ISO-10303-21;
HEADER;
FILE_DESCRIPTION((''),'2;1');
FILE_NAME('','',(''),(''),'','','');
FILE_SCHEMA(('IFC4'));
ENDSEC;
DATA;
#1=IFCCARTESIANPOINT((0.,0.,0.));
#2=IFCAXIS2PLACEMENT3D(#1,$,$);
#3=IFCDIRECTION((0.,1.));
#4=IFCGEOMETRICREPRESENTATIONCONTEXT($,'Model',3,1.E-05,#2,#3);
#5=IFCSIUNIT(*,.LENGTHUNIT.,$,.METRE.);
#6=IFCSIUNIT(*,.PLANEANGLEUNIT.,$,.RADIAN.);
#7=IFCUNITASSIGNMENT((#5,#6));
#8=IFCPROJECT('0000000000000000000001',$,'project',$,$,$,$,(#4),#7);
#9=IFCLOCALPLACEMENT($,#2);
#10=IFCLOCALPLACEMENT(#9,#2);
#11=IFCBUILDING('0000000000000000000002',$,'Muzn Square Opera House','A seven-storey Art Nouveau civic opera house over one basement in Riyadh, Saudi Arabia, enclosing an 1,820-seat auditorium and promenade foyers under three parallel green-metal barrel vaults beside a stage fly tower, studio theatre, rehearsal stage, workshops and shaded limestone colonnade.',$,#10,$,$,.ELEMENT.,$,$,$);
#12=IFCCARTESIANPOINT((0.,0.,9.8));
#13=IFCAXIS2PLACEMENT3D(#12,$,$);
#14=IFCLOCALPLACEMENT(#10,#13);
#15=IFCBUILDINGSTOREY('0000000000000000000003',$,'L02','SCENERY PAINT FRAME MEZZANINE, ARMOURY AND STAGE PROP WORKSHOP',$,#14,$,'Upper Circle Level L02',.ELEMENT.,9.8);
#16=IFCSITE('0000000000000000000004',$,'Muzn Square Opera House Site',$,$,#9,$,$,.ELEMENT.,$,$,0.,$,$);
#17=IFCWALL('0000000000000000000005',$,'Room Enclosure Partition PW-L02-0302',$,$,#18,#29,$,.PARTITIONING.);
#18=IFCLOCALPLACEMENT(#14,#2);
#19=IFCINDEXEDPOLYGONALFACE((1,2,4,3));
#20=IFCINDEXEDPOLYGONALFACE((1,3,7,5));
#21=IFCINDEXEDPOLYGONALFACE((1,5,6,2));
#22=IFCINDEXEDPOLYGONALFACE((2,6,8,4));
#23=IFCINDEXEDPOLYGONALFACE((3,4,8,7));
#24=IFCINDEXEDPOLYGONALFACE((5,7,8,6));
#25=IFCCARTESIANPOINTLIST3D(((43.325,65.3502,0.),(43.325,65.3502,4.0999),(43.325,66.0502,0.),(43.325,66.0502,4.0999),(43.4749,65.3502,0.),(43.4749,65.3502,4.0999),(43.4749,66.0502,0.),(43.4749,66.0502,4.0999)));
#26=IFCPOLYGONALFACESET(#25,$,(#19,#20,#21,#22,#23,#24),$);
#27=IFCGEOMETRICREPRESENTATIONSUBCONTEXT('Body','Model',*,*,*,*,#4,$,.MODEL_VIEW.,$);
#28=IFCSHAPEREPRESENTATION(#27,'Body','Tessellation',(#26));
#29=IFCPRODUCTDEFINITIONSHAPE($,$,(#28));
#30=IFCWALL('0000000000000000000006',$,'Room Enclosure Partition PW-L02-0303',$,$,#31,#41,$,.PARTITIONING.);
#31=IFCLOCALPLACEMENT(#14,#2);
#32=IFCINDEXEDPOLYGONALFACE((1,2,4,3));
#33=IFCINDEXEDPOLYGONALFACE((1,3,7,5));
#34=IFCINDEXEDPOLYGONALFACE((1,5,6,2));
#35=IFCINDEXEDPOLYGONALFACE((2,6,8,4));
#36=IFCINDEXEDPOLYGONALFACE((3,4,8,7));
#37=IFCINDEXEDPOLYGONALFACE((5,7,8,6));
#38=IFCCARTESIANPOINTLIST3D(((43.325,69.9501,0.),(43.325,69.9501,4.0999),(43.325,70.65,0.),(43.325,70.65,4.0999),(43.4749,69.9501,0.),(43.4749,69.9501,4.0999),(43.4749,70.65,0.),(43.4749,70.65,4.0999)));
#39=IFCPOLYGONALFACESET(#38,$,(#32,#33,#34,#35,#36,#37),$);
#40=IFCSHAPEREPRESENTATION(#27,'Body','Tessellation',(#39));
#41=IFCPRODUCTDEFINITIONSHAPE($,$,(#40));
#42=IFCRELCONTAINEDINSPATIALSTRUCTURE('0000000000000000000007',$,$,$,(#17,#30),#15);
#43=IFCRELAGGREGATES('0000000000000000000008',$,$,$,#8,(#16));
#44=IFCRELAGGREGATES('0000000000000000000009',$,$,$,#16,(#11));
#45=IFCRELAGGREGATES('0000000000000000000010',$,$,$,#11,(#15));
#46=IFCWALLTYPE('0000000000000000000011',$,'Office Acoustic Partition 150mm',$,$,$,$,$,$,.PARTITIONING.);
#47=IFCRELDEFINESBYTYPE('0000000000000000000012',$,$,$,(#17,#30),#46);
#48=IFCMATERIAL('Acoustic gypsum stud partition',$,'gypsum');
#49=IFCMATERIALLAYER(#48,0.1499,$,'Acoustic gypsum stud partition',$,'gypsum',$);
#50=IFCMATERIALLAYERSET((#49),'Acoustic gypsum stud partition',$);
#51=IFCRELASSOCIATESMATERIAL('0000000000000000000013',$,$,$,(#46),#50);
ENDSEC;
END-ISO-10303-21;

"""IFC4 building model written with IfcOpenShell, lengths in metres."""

from ifc_helpers import new_model, si_unit, direction, frame, frame_2d, origin, place, context, subcontext, project, spatial, rectangle, extrude, material, layer, layer_set, type_object, element, save


model = new_model("IFC4")

# Units and contexts
model_context = context("Model", 3, precision=1e-05, world=origin(), true_north=direction((0.0, 1.0)))
body_context = subcontext(model_context, "Body", "Model", "MODEL_VIEW")
ifc_project = project(units=[si_unit("LENGTHUNIT", "METRE"), si_unit("PLANEANGLEUNIT", "RADIAN")], contexts=[model_context])

# Site, building, storey
site_placement = place(None, origin())
site = spatial("IfcSite", under=ifc_project, at=site_placement, Name="Muzn Square Opera House Site", CompositionType="ELEMENT", RefElevation=0.0)
building_placement = place(site_placement, origin())
building = spatial("IfcBuilding", under=site, at=building_placement, Name="Muzn Square Opera House", Description="A seven-storey Art Nouveau civic opera house over one basement in Riyadh, Saudi Arabia, enclosing an 1,820-seat auditorium and promenade foyers under three parallel green-metal barrel vaults beside a stage fly tower, studio theatre, rehearsal stage, workshops and shaded limestone colonnade.", CompositionType="ELEMENT")
storey_placement = place(building_placement, frame((0.0, 0.0, 9.8)))
storey = spatial("IfcBuildingStorey", under=building, at=storey_placement, Name="L02", Description="SCENERY PAINT FRAME MEZZANINE, ARMOURY AND STAGE PROP WORKSHOP", LongName="Upper Circle Level L02", CompositionType="ELEMENT", Elevation=9.8)

# Walls
ifc_material_1 = material(Name="Acoustic gypsum stud partition", Category="gypsum")
ifc_layer_1 = layer(ifc_material_1, 0.1499, Name="Acoustic gypsum stud partition", Category="gypsum")
ifc_layer_set_1 = layer_set([ifc_layer_1], Name="Acoustic gypsum stud partition")
wall_type_1 = type_object("IfcWallType", Name="Office Acoustic Partition 150mm", PredefinedType="PARTITIONING", material=ifc_layer_set_1)
for number, where, z_axis, x_axis, name in (
    (1, (43.3999, 65.3501, 0.0), (0.0, 0.0, 1.0), (0.0, 1.0, 0.0), "Room Enclosure Partition PW-L02-0302"),
    (2, (43.3999, 69.95, 0.0), (0.0, 0.0, 1.0), (0.0, 1.0, 0.0), "Room Enclosure Partition PW-L02-0303"),
):
    element("IfcWall", number, at=place(storey_placement, frame(where, z_axis=z_axis, x_axis=x_axis)), inside=storey, type_object=wall_type_1, Name=name, PredefinedType="PARTITIONING", context=body_context, shape_type="SweptSolid", body=[
        extrude(rectangle(XDim=0.7, YDim=0.1499, at=frame_2d((0.3501, 0.0))), origin(), (0.0, 0.0, 1.0), 4.0999),
    ])

save(model, "model.ifc")
